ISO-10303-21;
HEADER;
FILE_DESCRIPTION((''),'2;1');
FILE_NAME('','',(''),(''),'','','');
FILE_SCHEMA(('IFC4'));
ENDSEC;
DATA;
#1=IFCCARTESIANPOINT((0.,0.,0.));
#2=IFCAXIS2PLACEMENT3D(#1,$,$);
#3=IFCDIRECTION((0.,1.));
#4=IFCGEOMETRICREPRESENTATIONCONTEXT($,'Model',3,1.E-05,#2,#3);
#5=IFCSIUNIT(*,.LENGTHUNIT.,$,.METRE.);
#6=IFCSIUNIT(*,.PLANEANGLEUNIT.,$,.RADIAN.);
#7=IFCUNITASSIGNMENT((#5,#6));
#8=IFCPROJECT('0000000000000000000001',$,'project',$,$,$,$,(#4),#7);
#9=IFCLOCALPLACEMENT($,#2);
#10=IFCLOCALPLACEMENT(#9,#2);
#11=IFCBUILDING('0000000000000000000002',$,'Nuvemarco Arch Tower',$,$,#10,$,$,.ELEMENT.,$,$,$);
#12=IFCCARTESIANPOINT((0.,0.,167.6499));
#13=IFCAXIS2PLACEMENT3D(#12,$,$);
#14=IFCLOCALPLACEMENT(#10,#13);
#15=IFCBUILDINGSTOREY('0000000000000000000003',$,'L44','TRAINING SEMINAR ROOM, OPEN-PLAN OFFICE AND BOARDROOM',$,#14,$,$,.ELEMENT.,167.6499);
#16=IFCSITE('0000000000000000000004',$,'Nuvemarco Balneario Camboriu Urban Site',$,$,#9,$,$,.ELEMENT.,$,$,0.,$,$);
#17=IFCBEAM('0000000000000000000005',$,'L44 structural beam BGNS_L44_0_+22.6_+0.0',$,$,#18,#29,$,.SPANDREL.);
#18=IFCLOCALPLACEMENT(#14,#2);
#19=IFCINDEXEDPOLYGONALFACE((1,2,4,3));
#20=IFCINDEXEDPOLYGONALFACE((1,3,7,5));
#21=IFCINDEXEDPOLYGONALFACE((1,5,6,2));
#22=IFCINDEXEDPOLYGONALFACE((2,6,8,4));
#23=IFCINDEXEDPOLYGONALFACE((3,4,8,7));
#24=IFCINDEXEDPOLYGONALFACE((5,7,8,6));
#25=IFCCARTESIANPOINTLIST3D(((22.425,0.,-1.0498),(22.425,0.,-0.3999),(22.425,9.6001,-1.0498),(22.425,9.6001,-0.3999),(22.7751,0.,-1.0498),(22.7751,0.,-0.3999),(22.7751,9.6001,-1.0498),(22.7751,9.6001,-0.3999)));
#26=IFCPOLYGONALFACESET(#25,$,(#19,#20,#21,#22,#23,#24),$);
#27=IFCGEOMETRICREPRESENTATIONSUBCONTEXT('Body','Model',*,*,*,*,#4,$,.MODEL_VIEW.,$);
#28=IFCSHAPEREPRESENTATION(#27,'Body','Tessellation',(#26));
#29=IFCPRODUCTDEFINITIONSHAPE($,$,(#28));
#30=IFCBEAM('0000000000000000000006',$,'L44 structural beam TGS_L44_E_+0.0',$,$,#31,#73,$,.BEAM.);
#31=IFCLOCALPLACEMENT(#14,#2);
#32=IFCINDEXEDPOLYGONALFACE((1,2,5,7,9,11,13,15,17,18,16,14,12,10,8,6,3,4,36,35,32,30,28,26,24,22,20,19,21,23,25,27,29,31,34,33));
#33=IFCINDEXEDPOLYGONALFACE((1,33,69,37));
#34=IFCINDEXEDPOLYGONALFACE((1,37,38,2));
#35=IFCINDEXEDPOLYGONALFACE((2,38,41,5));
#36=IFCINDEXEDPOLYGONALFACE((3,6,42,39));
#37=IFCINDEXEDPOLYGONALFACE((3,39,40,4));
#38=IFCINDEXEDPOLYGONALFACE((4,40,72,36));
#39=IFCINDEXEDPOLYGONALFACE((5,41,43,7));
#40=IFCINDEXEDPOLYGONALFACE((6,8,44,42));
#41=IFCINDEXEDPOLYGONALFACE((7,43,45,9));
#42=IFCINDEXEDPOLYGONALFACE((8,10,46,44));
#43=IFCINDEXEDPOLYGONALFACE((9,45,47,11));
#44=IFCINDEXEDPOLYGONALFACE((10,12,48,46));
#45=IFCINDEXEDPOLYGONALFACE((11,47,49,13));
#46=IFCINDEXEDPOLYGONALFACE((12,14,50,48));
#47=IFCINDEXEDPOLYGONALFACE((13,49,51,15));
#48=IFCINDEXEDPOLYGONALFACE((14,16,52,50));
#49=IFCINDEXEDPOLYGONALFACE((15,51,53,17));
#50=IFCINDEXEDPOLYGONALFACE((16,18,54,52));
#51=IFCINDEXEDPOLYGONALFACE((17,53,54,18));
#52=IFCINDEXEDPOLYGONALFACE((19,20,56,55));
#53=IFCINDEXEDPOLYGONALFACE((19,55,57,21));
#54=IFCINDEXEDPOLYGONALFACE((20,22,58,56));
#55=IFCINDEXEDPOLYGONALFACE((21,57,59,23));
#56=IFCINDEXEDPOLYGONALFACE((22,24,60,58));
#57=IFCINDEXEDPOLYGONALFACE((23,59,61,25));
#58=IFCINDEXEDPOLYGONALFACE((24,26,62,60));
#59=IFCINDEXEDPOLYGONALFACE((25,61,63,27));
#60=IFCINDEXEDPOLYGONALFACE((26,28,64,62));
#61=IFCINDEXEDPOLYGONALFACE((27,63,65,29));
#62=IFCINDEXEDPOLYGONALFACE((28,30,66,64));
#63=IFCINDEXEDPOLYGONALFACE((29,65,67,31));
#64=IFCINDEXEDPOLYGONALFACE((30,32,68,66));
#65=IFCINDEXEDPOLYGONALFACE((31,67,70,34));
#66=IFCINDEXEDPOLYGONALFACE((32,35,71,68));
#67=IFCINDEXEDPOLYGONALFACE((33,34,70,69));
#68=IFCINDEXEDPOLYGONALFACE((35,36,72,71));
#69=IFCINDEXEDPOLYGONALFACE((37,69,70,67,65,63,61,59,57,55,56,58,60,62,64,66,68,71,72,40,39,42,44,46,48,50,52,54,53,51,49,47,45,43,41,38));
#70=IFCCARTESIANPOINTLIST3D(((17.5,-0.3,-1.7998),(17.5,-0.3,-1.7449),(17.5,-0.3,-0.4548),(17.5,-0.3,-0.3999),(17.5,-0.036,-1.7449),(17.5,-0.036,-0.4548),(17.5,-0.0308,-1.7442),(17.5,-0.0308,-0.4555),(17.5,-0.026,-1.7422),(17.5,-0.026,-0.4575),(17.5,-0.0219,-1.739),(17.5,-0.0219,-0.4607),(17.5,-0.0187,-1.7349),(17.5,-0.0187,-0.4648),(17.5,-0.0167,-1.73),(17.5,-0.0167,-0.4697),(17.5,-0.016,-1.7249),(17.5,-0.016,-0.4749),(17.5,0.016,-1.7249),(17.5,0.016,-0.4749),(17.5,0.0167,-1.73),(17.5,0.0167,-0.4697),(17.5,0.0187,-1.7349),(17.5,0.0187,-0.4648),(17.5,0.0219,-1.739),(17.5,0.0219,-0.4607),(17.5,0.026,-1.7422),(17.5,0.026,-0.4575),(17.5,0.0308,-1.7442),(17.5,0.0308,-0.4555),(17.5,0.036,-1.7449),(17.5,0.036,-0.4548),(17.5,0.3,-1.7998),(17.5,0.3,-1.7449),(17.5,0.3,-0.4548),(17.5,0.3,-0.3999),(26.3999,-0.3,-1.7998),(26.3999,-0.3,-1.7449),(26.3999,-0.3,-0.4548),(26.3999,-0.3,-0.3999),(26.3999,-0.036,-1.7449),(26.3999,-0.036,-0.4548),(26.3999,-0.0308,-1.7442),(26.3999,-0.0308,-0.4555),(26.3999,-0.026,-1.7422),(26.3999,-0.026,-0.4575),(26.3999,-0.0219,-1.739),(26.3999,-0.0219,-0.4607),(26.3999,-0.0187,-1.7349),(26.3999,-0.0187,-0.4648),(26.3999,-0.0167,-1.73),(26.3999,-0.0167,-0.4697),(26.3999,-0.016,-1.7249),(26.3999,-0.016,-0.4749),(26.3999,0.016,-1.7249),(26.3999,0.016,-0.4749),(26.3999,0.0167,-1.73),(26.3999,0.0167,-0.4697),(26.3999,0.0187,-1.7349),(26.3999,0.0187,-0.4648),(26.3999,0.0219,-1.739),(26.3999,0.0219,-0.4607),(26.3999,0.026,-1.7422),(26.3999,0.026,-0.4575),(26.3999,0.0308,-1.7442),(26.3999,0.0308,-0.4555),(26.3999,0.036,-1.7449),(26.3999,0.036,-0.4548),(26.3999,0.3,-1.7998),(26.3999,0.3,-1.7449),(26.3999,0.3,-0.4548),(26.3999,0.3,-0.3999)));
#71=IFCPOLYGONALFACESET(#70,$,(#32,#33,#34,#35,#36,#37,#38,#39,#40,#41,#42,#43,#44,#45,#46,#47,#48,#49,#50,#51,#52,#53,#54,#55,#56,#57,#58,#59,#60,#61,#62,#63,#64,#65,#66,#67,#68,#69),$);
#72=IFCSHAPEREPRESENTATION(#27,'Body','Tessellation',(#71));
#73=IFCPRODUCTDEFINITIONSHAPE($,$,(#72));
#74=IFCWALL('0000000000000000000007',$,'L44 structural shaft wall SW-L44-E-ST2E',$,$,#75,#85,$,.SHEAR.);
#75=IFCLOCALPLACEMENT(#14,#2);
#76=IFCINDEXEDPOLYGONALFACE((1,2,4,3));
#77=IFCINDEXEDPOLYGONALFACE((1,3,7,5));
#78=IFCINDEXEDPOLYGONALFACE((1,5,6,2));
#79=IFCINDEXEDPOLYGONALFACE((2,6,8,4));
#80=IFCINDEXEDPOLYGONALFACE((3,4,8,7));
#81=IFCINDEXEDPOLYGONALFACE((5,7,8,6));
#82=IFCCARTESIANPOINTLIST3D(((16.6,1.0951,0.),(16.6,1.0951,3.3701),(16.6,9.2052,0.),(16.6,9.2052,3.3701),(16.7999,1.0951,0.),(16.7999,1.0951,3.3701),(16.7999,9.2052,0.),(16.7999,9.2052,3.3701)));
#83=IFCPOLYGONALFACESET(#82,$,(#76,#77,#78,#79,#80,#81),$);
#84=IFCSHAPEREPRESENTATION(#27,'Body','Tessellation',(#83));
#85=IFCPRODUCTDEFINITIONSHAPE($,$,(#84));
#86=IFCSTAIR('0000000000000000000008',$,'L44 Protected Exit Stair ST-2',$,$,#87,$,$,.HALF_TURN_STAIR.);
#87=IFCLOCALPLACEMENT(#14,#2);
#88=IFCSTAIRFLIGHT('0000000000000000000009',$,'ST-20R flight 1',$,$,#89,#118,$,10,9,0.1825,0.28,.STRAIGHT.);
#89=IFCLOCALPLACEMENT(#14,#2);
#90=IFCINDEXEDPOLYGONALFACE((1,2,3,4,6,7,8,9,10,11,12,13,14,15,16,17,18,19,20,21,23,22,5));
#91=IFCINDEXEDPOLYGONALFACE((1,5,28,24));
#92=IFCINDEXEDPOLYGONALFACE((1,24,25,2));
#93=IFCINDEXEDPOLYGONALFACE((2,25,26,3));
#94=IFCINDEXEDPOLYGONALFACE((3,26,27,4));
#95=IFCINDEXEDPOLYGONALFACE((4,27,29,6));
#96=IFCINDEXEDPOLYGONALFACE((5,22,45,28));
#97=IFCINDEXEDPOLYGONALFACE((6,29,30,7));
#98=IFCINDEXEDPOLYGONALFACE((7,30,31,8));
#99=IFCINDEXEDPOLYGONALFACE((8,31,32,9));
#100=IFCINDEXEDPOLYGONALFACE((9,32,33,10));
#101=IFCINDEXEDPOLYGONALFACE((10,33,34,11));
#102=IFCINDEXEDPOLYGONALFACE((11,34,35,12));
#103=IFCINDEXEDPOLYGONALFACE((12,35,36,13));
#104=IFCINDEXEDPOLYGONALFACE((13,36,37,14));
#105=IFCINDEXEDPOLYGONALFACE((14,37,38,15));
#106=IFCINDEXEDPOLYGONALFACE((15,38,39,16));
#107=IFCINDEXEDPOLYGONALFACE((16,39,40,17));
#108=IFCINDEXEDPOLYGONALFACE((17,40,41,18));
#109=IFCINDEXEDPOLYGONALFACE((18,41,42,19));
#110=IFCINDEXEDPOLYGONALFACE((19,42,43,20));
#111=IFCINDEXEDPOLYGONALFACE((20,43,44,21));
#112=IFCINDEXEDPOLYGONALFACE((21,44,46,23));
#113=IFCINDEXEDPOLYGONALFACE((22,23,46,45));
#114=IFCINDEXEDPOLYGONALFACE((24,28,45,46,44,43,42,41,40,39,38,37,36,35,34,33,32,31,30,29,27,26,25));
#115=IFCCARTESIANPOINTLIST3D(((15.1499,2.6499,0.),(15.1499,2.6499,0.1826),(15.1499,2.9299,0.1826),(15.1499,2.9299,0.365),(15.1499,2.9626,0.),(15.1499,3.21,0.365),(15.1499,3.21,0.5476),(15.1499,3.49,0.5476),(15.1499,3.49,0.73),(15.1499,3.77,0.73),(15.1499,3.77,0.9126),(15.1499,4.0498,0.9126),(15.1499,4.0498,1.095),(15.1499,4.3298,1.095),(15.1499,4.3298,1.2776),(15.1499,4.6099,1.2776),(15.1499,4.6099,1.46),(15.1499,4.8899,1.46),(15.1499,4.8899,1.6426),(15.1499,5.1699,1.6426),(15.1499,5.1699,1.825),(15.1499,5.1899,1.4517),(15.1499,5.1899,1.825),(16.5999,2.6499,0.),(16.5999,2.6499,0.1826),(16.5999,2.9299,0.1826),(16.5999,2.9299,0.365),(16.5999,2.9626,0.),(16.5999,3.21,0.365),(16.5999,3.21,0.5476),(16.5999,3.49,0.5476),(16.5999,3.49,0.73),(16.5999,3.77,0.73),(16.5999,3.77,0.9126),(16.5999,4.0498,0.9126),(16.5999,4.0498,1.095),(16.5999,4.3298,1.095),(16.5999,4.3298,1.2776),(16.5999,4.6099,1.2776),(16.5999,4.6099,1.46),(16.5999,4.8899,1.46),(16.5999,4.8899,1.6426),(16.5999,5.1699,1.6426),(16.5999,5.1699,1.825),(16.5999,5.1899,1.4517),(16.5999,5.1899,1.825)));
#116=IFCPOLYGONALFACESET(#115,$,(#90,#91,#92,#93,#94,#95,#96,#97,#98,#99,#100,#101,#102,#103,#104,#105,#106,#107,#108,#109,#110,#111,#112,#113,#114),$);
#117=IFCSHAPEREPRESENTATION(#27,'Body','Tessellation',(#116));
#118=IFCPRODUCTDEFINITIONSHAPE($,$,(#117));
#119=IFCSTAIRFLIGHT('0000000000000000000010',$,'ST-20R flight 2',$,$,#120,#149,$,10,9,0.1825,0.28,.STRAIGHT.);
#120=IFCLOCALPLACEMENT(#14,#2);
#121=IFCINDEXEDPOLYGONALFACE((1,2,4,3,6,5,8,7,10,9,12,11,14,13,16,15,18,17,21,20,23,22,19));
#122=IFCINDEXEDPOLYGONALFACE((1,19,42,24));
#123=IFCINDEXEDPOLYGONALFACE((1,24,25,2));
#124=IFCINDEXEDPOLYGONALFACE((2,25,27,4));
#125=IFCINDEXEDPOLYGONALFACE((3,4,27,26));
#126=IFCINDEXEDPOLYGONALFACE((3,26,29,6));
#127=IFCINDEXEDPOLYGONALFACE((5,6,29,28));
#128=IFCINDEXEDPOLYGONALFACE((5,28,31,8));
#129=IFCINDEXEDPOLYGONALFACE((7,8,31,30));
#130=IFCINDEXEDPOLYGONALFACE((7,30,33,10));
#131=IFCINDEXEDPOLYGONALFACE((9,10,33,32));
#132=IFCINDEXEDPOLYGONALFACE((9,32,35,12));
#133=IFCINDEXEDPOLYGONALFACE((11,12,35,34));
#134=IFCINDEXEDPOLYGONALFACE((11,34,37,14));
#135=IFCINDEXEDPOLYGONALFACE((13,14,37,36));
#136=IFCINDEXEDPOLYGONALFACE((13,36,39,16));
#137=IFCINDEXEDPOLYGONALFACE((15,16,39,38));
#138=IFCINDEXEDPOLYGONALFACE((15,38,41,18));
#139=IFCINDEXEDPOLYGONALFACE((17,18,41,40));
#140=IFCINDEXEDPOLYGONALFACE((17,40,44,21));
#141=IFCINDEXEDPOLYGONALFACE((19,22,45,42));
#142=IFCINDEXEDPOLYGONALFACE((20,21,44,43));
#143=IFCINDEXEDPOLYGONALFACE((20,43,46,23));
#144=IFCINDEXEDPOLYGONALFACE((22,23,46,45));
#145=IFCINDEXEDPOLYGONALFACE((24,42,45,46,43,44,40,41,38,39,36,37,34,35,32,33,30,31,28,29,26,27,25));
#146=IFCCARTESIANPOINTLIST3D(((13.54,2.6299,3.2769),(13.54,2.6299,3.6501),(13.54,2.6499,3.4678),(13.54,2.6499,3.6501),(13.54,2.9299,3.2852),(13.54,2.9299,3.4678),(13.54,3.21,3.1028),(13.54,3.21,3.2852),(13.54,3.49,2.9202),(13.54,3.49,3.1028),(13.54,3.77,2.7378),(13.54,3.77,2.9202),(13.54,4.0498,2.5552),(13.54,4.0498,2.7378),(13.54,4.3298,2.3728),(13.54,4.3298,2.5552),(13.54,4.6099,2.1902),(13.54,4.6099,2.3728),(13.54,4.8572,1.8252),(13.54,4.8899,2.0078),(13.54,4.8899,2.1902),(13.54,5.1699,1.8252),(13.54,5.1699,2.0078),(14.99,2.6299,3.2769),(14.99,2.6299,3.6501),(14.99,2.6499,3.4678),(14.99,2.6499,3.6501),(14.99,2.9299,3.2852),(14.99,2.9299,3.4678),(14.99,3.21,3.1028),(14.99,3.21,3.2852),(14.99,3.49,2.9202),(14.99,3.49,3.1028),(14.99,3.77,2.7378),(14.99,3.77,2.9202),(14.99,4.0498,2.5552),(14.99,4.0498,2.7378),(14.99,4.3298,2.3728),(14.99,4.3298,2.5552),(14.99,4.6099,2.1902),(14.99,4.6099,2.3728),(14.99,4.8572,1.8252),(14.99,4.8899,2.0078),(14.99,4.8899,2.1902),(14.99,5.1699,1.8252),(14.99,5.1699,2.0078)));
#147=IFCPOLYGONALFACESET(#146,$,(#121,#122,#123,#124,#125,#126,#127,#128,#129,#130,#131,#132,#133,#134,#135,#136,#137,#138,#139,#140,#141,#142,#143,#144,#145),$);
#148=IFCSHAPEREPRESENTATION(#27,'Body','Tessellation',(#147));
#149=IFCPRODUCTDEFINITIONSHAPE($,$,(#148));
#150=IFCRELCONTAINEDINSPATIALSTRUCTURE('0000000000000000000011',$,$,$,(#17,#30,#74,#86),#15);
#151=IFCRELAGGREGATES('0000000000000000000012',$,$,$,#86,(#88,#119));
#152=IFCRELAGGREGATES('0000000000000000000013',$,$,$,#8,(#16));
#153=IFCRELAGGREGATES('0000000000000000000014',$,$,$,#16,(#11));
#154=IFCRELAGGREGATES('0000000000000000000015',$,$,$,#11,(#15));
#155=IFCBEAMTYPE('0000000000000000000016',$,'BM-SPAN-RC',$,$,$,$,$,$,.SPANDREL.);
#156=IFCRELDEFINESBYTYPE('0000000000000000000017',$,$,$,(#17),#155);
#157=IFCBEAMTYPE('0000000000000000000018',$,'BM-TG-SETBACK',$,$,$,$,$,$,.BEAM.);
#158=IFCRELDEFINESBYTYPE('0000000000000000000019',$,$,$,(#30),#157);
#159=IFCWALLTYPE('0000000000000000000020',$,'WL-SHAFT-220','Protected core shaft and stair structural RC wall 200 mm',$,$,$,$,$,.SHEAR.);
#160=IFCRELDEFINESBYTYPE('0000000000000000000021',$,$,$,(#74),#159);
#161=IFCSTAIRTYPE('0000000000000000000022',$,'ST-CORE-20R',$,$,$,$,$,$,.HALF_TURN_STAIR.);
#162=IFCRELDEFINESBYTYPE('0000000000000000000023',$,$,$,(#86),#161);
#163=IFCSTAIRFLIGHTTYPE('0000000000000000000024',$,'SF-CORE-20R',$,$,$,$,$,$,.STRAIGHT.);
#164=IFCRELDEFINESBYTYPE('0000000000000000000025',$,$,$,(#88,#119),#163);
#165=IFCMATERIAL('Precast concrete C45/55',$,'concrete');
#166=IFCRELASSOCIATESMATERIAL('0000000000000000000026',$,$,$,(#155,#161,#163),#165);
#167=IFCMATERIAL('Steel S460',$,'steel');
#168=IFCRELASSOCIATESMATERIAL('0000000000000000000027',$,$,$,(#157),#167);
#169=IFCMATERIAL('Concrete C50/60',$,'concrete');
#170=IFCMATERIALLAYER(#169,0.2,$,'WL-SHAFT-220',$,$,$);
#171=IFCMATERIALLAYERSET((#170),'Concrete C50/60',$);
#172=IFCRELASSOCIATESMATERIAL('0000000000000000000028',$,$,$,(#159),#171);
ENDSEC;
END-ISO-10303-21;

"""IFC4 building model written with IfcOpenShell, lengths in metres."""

from ifc_helpers import new_model, si_unit, direction, frame, frame_2d, origin, origin_2d, place, context, subcontext, project, spatial, polyline, rectangle, i_section, outline, extrude, material, layer, layer_set, material_profile, profile_set, type_object, element, aggregate, save


model = new_model("IFC4")

# Units and contexts
model_context = context("Model", 3, precision=1e-05, world=origin(), true_north=direction((0.0, 1.0)))
body_context = subcontext(model_context, "Body", "Model", "MODEL_VIEW")
ifc_project = project(units=[si_unit("LENGTHUNIT", "METRE"), si_unit("PLANEANGLEUNIT", "RADIAN")], contexts=[model_context])

# Site, building, storey
site_placement = place(None, origin())
site = spatial("IfcSite", under=ifc_project, at=site_placement, Name="Nuvemarco Balneario Camboriu Urban Site", CompositionType="ELEMENT", RefElevation=0.0)
building_placement = place(site_placement, origin())
building = spatial("IfcBuilding", under=site, at=building_placement, Name="Nuvemarco Arch Tower", CompositionType="ELEMENT")
storey_placement = place(building_placement, frame((0.0, 0.0, 167.6499)))
storey = spatial("IfcBuildingStorey", under=building, at=storey_placement, Name="L44", Description="TRAINING SEMINAR ROOM, OPEN-PLAN OFFICE AND BOARDROOM", CompositionType="ELEMENT", Elevation=167.6499)

# Shared definitions
ifc_material_1 = material(Name="Concrete C50/60", Category="concrete")

# Beams
ifc_material_2 = material(Name="Precast concrete C45/55", Category="concrete")
ifc_material_profile_1 = material_profile(ifc_material_2, rectangle(XDim=0.3501, YDim=0.6499, at=origin_2d()), Name="PC-SP-350x650")
ifc_profile_set_1 = profile_set([ifc_material_profile_1], Name="Precast concrete C45/55")
beam_type_1 = type_object("IfcBeamType", Name="BM-SPAN-RC", PredefinedType="SPANDREL", material=ifc_profile_set_1)
beam_1_placement = place(storey_placement, frame((22.6001, 0.0, -0.7249), z_axis=(0.0, 1.0, 0.0), x_axis=(-1.0, 0.0, 0.0)))
element("IfcBeam", 1, at=beam_1_placement, inside=storey, type_object=beam_type_1, Name="L44 structural beam BGNS_L44_0_+22.6_+0.0", PredefinedType="SPANDREL", context=body_context, shape_type="SweptSolid", body=[
    extrude(rectangle(XDim=0.3501, YDim=0.6499, at=origin_2d()), origin(), (0.0, 0.0, 1.0), 9.6001),
])
ifc_material_3 = material(Name="Steel S460", Category="steel")
ifc_material_profile_2 = material_profile(ifc_material_3, i_section(OverallWidth=0.6001, OverallDepth=1.3999, WebThickness=0.032, FlangeThickness=0.0549, FilletRadius=0.02, at=origin_2d()), Name="PG1400x600")
ifc_profile_set_2 = profile_set([ifc_material_profile_2], Name="Steel S460")
beam_type_2 = type_object("IfcBeamType", Name="BM-TG-SETBACK", PredefinedType="BEAM", material=ifc_profile_set_2)
beam_2_placement = place(storey_placement, frame((17.5, 0.0, -1.0999), z_axis=(1.0, 0.0, 0.0), x_axis=(0.0, 1.0, 0.0)))
element("IfcBeam", 2, at=beam_2_placement, inside=storey, type_object=beam_type_2, Name="L44 structural beam TGS_L44_E_+0.0", PredefinedType="BEAM", context=body_context, shape_type="SweptSolid", body=[
    extrude(i_section(OverallWidth=0.6001, OverallDepth=1.3999, WebThickness=0.032, FlangeThickness=0.0549, FilletRadius=0.02, at=origin_2d()), origin(), (0.0, 0.0, 1.0), 8.8999),
])

# Wall
ifc_layer = layer(ifc_material_1, 0.2, Name="WL-SHAFT-220")
ifc_layer_set = layer_set([ifc_layer], Name="Concrete C50/60")
wall_type = type_object("IfcWallType", Name="WL-SHAFT-220", Description="Protected core shaft and stair structural RC wall 200 mm", PredefinedType="SHEAR", material=ifc_layer_set)
wall_placement = place(storey_placement, frame((16.7, 1.095, 0.0), z_axis=(0.0, 0.0, 1.0), x_axis=(0.0, 1.0, 0.0)))
element("IfcWall", 3, at=wall_placement, inside=storey, type_object=wall_type, Name="L44 structural shaft wall SW-L44-E-ST2E", PredefinedType="SHEAR", context=body_context, shape_type="SweptSolid", body=[
    extrude(rectangle(XDim=8.1101, YDim=0.2, at=frame_2d((4.0552, 0.0))), origin(), (0.0, 0.0, 1.0), 3.3701),
])

# Stair, stair flights
stair_type = type_object("IfcStairType", Name="ST-CORE-20R", PredefinedType="HALF_TURN_STAIR", material=ifc_material_2)
stair_placement = place(storey_placement, origin())
stair = element("IfcStair", 4, at=stair_placement, inside=storey, type_object=stair_type, Name="L44 Protected Exit Stair ST-2", PredefinedType="HALF_TURN_STAIR")
stair_flight_type = type_object("IfcStairFlightType", Name="SF-CORE-20R", PredefinedType="STRAIGHT", material=ifc_material_2)
stair_flight_1_placement = place(storey_placement, frame((15.875, 2.6499, 0.0), z_axis=(0.0, 0.0, 1.0), x_axis=(0.0, 1.0, 0.0)))
stair_flight_1 = element("IfcStairFlight", 5, at=stair_flight_1_placement, type_object=stair_flight_type, Name="ST-20R flight 1", NumberOfRisers=10, NumberOfTreads=9, PredefinedType="STRAIGHT", RiserHeight=0.1825, TreadLength=0.28, context=body_context, shape_type="SweptSolid", body=[
    extrude(outline(polyline([(0.0, 0.0), (0.0, 0.1826), (0.28, 0.1826), (0.28, 0.365), (0.5601, 0.365), (0.5601, 0.5476), (0.8401, 0.5476), (0.8401, 0.73), (1.1201, 0.73), (1.1201, 0.9126), (1.3999, 0.9126), (1.3999, 1.095), (1.6799, 1.095), (1.6799, 1.2776), (1.96, 1.2776), (1.96, 1.46), (2.24, 1.46), (2.24, 1.6426), (2.52, 1.6426), (2.52, 1.825), (2.54, 1.825), (2.54, 1.4517), (0.3127, 0.0), (0.0, 0.0)])), frame((0.0, 0.7251, 0.0), z_axis=(0.0, -1.0, 0.0), x_axis=(1.0, 0.0, 0.0)), (0.0, 0.0, 1.0), 1.45),
])
stair_flight_2_placement = place(storey_placement, frame((14.2649, 5.1699, 1.8252), z_axis=(0.0, 0.0, 1.0), x_axis=(0.0, -1.0, 0.0)))
stair_flight_2 = element("IfcStairFlight", 6, at=stair_flight_2_placement, type_object=stair_flight_type, Name="ST-20R flight 2", NumberOfRisers=10, NumberOfTreads=9, PredefinedType="STRAIGHT", RiserHeight=0.1825, TreadLength=0.28, context=body_context, shape_type="SweptSolid", body=[
    extrude(outline(polyline([(0.0, 0.0), (0.0, 0.1826), (0.28, 0.1826), (0.28, 0.365), (0.5601, 0.365), (0.5601, 0.5476), (0.8401, 0.5476), (0.8401, 0.73), (1.1201, 0.73), (1.1201, 0.9126), (1.3999, 0.9126), (1.3999, 1.095), (1.6799, 1.095), (1.6799, 1.2776), (1.96, 1.2776), (1.96, 1.46), (2.24, 1.46), (2.24, 1.6426), (2.52, 1.6426), (2.52, 1.825), (2.54, 1.825), (2.54, 1.4517), (0.3127, 0.0), (0.0, 0.0)])), frame((0.0, 0.7251, 0.0), z_axis=(0.0, -1.0, 0.0), x_axis=(1.0, 0.0, 0.0)), (0.0, 0.0, 1.0), 1.45),
])
aggregate(stair, [stair_flight_1, stair_flight_2])

save(model, "model.ifc")
